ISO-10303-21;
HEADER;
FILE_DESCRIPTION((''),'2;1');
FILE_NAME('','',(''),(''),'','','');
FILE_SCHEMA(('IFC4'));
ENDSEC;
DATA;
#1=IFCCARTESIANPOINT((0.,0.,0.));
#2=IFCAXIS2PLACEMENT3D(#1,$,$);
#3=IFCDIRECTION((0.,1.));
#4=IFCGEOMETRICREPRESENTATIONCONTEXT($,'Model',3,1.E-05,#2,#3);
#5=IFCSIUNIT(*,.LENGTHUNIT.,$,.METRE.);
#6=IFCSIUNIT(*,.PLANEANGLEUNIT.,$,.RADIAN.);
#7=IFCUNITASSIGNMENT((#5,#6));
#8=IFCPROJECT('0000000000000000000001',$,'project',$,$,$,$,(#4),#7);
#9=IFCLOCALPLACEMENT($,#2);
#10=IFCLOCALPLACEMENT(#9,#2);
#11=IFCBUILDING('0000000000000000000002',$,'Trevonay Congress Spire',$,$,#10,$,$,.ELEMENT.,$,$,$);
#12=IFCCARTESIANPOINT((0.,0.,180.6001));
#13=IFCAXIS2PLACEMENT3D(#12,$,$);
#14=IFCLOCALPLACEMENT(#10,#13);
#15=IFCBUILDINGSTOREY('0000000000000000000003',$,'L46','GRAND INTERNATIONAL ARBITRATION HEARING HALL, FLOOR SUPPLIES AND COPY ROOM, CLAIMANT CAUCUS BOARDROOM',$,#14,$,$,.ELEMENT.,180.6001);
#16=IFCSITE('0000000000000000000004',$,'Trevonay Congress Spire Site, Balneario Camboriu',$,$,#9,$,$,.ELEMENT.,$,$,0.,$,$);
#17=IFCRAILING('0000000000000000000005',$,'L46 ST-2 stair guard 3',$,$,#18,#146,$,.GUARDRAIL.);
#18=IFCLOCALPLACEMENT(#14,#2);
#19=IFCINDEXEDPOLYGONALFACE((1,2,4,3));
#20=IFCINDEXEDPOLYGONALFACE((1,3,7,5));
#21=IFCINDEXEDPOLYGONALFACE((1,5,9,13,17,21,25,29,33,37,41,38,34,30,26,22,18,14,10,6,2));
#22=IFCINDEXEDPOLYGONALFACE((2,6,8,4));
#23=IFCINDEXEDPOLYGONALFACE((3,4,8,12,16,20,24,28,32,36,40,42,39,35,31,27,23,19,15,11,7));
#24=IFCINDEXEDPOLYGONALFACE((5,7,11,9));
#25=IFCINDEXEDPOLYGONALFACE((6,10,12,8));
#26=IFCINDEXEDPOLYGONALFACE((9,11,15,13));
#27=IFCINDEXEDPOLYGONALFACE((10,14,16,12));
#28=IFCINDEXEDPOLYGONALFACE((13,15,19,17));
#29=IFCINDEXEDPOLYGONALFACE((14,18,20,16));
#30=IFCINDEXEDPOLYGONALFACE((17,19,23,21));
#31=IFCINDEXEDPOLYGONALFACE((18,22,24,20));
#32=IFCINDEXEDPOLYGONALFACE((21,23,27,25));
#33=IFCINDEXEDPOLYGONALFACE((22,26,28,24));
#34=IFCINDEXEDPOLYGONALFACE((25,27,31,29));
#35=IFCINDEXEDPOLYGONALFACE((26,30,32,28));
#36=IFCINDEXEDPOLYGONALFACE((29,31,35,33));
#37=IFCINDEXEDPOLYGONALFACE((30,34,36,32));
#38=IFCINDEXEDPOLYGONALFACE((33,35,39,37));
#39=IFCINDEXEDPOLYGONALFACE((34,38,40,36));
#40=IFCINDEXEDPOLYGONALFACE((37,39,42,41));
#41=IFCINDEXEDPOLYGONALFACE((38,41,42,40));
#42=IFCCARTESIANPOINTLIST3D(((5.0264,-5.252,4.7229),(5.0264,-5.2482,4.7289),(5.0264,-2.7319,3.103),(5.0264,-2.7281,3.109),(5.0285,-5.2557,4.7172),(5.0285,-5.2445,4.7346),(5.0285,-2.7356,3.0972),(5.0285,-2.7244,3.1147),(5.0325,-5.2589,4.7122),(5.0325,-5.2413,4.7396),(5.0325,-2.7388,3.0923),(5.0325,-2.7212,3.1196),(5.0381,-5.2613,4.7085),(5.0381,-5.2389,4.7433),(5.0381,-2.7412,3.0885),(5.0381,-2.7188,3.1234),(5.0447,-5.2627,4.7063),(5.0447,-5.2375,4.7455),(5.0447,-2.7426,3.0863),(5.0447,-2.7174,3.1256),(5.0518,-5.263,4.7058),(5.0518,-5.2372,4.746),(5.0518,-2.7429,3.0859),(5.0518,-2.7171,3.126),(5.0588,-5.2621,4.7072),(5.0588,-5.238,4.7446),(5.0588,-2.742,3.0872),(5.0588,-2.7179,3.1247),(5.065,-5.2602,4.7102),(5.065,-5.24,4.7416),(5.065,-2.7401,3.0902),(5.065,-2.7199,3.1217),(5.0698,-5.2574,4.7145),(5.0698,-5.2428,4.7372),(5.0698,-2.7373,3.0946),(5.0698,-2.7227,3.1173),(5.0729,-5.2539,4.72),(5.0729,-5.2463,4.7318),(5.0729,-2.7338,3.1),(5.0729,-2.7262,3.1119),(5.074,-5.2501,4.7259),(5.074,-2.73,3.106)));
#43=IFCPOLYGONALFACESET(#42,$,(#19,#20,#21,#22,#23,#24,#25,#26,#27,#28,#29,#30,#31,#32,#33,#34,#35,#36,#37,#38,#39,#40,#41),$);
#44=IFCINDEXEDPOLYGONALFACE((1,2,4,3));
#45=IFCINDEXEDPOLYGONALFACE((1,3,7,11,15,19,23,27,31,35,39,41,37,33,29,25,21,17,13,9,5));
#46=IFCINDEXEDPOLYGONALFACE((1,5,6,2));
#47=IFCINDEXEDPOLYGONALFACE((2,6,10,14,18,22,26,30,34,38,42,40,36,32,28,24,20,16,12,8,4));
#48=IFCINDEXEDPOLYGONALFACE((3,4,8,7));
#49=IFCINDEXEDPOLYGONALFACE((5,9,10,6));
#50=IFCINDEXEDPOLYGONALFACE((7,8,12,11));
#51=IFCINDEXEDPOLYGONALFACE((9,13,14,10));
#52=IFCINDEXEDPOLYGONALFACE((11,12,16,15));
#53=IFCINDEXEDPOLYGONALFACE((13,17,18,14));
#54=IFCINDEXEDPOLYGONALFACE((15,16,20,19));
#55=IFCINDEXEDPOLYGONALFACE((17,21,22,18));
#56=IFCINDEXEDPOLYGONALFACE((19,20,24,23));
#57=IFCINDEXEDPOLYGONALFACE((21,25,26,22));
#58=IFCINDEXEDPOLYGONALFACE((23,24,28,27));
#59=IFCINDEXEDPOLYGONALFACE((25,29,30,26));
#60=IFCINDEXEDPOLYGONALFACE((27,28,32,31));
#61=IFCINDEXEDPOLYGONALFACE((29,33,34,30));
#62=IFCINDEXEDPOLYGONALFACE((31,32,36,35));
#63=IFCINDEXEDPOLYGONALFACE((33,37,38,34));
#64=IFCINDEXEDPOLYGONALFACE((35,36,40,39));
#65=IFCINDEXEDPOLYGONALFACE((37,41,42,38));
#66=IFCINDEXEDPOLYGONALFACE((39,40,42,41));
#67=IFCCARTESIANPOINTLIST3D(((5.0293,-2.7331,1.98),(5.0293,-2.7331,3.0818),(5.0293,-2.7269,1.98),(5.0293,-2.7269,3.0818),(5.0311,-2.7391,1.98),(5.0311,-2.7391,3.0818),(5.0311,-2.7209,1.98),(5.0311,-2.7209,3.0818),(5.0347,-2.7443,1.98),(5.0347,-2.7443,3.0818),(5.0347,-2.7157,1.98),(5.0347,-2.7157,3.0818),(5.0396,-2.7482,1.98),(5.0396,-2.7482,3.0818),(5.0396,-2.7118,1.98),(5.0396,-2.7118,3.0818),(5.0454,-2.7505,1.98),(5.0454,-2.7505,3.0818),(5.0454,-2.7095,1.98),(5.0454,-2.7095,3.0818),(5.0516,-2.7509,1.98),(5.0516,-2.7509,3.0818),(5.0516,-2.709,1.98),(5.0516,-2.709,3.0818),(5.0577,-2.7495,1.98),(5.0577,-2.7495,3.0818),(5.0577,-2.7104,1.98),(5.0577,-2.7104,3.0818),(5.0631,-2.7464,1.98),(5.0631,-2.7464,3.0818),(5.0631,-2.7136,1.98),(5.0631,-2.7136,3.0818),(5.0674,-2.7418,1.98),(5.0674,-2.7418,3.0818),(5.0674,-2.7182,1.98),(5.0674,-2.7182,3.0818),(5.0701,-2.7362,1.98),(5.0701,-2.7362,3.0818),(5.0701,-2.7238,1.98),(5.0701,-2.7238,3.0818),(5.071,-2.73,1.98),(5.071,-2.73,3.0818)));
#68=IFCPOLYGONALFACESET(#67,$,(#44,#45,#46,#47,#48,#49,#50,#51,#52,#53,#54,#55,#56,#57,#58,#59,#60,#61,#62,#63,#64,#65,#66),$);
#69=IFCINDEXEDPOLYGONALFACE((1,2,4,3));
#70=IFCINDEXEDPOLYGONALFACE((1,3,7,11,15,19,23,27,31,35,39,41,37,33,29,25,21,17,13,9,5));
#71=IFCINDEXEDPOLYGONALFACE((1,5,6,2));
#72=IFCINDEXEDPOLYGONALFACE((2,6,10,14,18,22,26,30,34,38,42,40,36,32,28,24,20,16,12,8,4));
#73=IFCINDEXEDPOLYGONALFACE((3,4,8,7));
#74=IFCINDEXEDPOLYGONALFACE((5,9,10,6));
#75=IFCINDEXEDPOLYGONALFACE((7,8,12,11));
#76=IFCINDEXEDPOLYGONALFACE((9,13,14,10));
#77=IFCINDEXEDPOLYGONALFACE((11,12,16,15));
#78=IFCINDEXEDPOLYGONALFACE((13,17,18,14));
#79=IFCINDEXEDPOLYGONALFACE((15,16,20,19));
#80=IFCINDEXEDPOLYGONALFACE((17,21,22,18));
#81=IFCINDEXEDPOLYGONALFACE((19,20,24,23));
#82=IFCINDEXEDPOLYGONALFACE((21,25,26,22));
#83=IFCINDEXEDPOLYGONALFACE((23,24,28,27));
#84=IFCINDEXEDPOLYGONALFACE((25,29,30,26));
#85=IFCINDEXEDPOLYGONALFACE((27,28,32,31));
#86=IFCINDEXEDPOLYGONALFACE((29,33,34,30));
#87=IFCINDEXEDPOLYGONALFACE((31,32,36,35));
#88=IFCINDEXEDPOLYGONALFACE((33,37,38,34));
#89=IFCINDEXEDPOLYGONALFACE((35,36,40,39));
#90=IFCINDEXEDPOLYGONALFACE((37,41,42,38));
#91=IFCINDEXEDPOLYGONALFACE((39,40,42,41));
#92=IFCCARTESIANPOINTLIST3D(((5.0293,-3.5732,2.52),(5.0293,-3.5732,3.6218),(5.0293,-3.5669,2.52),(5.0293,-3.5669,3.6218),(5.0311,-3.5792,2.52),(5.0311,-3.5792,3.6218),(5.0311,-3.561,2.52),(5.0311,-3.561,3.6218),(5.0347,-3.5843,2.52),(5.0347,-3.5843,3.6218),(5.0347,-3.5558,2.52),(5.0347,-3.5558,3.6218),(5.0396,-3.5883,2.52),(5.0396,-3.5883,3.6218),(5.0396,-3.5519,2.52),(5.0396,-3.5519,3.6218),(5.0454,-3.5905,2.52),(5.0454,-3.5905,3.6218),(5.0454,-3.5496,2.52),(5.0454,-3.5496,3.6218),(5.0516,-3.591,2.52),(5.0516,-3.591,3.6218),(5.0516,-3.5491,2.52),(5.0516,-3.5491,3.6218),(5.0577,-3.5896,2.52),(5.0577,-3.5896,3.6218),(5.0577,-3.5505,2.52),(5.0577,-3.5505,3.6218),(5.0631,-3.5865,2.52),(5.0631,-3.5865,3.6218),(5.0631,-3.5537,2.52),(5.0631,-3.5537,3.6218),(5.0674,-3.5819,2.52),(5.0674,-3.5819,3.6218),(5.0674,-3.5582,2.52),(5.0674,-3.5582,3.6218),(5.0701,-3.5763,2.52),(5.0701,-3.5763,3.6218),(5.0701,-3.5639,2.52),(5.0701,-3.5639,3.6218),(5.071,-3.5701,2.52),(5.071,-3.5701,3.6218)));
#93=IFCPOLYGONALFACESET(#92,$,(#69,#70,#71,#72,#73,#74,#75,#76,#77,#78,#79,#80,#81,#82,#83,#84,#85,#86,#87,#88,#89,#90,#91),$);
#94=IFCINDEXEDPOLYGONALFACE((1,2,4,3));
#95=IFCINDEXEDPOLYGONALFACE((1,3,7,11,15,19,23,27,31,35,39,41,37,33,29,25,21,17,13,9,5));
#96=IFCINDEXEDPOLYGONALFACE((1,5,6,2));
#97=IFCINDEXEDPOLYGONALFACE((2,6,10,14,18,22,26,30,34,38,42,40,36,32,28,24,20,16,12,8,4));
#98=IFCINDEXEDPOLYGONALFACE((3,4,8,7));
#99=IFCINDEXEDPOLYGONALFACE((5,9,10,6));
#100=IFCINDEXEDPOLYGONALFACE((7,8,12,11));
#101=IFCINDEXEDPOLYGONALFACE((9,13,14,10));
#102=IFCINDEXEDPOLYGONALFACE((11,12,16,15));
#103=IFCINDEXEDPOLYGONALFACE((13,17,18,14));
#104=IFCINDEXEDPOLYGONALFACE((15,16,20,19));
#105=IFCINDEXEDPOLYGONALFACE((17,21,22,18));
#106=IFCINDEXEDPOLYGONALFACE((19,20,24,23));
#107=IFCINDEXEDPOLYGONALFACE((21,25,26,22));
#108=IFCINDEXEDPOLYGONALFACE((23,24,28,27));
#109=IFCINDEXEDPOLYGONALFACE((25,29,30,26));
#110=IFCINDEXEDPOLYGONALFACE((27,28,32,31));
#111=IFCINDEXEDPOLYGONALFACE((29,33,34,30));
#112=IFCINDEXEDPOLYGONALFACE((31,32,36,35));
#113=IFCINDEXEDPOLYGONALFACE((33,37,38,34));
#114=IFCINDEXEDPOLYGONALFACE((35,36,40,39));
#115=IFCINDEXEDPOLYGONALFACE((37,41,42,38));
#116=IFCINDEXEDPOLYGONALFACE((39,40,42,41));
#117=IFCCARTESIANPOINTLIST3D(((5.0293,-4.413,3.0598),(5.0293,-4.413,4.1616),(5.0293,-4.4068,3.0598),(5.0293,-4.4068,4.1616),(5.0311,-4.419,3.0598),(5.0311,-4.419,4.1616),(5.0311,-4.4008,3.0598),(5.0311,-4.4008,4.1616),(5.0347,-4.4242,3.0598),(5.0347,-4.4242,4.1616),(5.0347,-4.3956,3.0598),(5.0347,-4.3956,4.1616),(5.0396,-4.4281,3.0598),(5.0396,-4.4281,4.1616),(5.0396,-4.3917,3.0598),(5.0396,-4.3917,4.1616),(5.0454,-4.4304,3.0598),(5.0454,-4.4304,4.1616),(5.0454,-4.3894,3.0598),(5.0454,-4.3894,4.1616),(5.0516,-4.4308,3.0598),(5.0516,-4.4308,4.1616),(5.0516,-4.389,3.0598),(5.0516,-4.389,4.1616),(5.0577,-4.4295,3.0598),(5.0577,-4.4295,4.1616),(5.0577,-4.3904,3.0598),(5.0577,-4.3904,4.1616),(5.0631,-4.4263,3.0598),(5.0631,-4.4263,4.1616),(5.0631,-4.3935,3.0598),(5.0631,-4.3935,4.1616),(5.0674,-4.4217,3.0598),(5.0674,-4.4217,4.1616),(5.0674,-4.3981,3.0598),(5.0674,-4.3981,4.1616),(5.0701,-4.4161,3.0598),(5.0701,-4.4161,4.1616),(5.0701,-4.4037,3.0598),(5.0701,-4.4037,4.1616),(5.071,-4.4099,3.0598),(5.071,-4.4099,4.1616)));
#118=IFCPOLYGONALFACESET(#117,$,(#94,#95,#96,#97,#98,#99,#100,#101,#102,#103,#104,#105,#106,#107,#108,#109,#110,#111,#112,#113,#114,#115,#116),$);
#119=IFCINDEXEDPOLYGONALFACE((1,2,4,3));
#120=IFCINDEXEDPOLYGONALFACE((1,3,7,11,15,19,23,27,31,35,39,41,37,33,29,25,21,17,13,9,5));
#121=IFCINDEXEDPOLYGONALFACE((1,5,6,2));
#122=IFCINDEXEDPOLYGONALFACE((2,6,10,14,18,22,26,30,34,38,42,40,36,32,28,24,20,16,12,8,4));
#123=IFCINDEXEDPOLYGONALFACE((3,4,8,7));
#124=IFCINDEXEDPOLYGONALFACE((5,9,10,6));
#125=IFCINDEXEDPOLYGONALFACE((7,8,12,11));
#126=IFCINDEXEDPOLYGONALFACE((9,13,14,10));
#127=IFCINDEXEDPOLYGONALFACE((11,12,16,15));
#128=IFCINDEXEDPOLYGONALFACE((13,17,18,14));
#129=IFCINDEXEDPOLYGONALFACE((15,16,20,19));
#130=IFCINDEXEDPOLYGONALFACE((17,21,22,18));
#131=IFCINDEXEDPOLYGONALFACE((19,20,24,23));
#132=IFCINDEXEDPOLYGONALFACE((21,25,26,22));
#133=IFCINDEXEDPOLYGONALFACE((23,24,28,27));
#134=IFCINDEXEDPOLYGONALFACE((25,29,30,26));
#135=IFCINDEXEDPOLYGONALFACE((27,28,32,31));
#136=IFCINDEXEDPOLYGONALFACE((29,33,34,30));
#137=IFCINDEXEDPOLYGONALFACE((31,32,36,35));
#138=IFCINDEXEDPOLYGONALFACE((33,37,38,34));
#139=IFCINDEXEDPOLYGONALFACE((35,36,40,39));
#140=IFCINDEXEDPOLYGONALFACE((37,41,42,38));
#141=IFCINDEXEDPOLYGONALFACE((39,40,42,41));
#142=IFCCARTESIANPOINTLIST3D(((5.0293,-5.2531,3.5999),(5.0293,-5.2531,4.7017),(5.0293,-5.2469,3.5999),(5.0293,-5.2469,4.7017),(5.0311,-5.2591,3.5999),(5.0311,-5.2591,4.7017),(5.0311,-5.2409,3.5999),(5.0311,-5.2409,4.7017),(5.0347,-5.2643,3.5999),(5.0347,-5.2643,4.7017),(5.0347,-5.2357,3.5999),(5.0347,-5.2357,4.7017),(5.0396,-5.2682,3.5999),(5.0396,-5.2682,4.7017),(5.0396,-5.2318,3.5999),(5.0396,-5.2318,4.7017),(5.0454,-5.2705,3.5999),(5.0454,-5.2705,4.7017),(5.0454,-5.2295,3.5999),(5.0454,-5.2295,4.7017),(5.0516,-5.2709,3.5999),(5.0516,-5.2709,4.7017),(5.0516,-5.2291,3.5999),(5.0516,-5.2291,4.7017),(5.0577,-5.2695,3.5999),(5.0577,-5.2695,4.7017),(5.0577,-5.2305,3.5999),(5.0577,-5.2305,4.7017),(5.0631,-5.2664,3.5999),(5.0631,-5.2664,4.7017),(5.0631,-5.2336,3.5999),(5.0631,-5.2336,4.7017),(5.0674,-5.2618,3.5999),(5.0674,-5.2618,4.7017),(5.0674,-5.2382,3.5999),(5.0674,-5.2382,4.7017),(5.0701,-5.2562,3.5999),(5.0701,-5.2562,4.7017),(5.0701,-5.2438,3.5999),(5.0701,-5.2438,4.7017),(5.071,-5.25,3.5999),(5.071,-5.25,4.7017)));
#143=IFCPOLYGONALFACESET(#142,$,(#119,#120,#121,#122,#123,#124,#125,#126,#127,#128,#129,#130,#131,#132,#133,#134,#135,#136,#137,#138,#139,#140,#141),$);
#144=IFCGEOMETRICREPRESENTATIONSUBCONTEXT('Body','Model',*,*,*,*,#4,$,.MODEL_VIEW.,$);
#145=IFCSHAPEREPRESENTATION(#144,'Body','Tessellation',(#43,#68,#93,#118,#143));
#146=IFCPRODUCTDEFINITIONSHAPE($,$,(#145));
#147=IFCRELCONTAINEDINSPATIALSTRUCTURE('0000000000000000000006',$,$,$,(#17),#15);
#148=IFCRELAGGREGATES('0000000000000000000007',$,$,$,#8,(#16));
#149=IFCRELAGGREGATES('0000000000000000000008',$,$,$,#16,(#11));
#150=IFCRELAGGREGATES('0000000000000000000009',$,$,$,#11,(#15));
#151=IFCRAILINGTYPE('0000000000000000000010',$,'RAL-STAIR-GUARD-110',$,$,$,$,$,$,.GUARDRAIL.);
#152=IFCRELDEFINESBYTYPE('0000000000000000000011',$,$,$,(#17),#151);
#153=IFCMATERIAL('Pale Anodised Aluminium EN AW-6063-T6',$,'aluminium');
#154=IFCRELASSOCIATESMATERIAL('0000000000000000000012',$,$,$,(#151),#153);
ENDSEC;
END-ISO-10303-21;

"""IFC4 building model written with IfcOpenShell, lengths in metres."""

from ifc_helpers import new_model, si_unit, direction, frame, origin, origin_2d, place, context, subcontext, project, spatial, circle, extrude, material, type_object, element, save


model = new_model("IFC4")

# Units and contexts
model_context = context("Model", 3, precision=1e-05, world=origin(), true_north=direction((0.0, 1.0)))
body_context = subcontext(model_context, "Body", "Model", "MODEL_VIEW")
ifc_project = project(units=[si_unit("LENGTHUNIT", "METRE"), si_unit("PLANEANGLEUNIT", "RADIAN")], contexts=[model_context])

# Site, building, storey
site_placement = place(None, origin())
site = spatial("IfcSite", under=ifc_project, at=site_placement, Name="Trevonay Congress Spire Site, Balneario Camboriu", CompositionType="ELEMENT", RefElevation=0.0)
building_placement = place(site_placement, origin())
building = spatial("IfcBuilding", under=site, at=building_placement, Name="Trevonay Congress Spire", CompositionType="ELEMENT")
storey_placement = place(building_placement, frame((0.0, 0.0, 180.6001)))
storey = spatial("IfcBuildingStorey", under=building, at=storey_placement, Name="L46", Description="GRAND INTERNATIONAL ARBITRATION HEARING HALL, FLOOR SUPPLIES AND COPY ROOM, CLAIMANT CAUCUS BOARDROOM", CompositionType="ELEMENT", Elevation=180.6001)

# Shared definitions
ifc_material_1 = material(Name="Pale Anodised Aluminium EN AW-6063-T6", Category="aluminium")

# Railing
railing_type_1 = type_object("IfcRailingType", Name="RAL-STAIR-GUARD-110", PredefinedType="GUARDRAIL", material=ifc_material_1)
railing_1_placement = place(storey_placement, frame((5.05, -2.73, 1.98)))
element("IfcRailing", 1, at=railing_1_placement, inside=storey, type_object=railing_type_1, Name="L46 ST-2 stair guard 3", PredefinedType="GUARDRAIL", context=body_context, shape_type="SweptSolid", body=[
    extrude(circle(Radius=0.0239, at=origin_2d()), frame((0.0, 0.0, 1.126), z_axis=(0.0, -0.8412, 0.540725), x_axis=(1.0, 0.0, 0.0)), (0.0, 0.0, 1.0), 2.9958),
    extrude(circle(Radius=0.021, at=origin_2d()), origin(), (0.0, 0.0, 1.0), 1.1018),
    extrude(circle(Radius=0.021, at=origin_2d()), frame((0.0, -0.8401, 0.54)), (0.0, 0.0, 1.0), 1.1018),
    extrude(circle(Radius=0.021, at=origin_2d()), frame((0.0, -1.6799, 1.0798)), (0.0, 0.0, 1.0), 1.1018),
    extrude(circle(Radius=0.021, at=origin_2d()), frame((0.0, -2.52, 1.6199)), (0.0, 0.0, 1.0), 1.1018),
])

save(model, "model.ifc")
